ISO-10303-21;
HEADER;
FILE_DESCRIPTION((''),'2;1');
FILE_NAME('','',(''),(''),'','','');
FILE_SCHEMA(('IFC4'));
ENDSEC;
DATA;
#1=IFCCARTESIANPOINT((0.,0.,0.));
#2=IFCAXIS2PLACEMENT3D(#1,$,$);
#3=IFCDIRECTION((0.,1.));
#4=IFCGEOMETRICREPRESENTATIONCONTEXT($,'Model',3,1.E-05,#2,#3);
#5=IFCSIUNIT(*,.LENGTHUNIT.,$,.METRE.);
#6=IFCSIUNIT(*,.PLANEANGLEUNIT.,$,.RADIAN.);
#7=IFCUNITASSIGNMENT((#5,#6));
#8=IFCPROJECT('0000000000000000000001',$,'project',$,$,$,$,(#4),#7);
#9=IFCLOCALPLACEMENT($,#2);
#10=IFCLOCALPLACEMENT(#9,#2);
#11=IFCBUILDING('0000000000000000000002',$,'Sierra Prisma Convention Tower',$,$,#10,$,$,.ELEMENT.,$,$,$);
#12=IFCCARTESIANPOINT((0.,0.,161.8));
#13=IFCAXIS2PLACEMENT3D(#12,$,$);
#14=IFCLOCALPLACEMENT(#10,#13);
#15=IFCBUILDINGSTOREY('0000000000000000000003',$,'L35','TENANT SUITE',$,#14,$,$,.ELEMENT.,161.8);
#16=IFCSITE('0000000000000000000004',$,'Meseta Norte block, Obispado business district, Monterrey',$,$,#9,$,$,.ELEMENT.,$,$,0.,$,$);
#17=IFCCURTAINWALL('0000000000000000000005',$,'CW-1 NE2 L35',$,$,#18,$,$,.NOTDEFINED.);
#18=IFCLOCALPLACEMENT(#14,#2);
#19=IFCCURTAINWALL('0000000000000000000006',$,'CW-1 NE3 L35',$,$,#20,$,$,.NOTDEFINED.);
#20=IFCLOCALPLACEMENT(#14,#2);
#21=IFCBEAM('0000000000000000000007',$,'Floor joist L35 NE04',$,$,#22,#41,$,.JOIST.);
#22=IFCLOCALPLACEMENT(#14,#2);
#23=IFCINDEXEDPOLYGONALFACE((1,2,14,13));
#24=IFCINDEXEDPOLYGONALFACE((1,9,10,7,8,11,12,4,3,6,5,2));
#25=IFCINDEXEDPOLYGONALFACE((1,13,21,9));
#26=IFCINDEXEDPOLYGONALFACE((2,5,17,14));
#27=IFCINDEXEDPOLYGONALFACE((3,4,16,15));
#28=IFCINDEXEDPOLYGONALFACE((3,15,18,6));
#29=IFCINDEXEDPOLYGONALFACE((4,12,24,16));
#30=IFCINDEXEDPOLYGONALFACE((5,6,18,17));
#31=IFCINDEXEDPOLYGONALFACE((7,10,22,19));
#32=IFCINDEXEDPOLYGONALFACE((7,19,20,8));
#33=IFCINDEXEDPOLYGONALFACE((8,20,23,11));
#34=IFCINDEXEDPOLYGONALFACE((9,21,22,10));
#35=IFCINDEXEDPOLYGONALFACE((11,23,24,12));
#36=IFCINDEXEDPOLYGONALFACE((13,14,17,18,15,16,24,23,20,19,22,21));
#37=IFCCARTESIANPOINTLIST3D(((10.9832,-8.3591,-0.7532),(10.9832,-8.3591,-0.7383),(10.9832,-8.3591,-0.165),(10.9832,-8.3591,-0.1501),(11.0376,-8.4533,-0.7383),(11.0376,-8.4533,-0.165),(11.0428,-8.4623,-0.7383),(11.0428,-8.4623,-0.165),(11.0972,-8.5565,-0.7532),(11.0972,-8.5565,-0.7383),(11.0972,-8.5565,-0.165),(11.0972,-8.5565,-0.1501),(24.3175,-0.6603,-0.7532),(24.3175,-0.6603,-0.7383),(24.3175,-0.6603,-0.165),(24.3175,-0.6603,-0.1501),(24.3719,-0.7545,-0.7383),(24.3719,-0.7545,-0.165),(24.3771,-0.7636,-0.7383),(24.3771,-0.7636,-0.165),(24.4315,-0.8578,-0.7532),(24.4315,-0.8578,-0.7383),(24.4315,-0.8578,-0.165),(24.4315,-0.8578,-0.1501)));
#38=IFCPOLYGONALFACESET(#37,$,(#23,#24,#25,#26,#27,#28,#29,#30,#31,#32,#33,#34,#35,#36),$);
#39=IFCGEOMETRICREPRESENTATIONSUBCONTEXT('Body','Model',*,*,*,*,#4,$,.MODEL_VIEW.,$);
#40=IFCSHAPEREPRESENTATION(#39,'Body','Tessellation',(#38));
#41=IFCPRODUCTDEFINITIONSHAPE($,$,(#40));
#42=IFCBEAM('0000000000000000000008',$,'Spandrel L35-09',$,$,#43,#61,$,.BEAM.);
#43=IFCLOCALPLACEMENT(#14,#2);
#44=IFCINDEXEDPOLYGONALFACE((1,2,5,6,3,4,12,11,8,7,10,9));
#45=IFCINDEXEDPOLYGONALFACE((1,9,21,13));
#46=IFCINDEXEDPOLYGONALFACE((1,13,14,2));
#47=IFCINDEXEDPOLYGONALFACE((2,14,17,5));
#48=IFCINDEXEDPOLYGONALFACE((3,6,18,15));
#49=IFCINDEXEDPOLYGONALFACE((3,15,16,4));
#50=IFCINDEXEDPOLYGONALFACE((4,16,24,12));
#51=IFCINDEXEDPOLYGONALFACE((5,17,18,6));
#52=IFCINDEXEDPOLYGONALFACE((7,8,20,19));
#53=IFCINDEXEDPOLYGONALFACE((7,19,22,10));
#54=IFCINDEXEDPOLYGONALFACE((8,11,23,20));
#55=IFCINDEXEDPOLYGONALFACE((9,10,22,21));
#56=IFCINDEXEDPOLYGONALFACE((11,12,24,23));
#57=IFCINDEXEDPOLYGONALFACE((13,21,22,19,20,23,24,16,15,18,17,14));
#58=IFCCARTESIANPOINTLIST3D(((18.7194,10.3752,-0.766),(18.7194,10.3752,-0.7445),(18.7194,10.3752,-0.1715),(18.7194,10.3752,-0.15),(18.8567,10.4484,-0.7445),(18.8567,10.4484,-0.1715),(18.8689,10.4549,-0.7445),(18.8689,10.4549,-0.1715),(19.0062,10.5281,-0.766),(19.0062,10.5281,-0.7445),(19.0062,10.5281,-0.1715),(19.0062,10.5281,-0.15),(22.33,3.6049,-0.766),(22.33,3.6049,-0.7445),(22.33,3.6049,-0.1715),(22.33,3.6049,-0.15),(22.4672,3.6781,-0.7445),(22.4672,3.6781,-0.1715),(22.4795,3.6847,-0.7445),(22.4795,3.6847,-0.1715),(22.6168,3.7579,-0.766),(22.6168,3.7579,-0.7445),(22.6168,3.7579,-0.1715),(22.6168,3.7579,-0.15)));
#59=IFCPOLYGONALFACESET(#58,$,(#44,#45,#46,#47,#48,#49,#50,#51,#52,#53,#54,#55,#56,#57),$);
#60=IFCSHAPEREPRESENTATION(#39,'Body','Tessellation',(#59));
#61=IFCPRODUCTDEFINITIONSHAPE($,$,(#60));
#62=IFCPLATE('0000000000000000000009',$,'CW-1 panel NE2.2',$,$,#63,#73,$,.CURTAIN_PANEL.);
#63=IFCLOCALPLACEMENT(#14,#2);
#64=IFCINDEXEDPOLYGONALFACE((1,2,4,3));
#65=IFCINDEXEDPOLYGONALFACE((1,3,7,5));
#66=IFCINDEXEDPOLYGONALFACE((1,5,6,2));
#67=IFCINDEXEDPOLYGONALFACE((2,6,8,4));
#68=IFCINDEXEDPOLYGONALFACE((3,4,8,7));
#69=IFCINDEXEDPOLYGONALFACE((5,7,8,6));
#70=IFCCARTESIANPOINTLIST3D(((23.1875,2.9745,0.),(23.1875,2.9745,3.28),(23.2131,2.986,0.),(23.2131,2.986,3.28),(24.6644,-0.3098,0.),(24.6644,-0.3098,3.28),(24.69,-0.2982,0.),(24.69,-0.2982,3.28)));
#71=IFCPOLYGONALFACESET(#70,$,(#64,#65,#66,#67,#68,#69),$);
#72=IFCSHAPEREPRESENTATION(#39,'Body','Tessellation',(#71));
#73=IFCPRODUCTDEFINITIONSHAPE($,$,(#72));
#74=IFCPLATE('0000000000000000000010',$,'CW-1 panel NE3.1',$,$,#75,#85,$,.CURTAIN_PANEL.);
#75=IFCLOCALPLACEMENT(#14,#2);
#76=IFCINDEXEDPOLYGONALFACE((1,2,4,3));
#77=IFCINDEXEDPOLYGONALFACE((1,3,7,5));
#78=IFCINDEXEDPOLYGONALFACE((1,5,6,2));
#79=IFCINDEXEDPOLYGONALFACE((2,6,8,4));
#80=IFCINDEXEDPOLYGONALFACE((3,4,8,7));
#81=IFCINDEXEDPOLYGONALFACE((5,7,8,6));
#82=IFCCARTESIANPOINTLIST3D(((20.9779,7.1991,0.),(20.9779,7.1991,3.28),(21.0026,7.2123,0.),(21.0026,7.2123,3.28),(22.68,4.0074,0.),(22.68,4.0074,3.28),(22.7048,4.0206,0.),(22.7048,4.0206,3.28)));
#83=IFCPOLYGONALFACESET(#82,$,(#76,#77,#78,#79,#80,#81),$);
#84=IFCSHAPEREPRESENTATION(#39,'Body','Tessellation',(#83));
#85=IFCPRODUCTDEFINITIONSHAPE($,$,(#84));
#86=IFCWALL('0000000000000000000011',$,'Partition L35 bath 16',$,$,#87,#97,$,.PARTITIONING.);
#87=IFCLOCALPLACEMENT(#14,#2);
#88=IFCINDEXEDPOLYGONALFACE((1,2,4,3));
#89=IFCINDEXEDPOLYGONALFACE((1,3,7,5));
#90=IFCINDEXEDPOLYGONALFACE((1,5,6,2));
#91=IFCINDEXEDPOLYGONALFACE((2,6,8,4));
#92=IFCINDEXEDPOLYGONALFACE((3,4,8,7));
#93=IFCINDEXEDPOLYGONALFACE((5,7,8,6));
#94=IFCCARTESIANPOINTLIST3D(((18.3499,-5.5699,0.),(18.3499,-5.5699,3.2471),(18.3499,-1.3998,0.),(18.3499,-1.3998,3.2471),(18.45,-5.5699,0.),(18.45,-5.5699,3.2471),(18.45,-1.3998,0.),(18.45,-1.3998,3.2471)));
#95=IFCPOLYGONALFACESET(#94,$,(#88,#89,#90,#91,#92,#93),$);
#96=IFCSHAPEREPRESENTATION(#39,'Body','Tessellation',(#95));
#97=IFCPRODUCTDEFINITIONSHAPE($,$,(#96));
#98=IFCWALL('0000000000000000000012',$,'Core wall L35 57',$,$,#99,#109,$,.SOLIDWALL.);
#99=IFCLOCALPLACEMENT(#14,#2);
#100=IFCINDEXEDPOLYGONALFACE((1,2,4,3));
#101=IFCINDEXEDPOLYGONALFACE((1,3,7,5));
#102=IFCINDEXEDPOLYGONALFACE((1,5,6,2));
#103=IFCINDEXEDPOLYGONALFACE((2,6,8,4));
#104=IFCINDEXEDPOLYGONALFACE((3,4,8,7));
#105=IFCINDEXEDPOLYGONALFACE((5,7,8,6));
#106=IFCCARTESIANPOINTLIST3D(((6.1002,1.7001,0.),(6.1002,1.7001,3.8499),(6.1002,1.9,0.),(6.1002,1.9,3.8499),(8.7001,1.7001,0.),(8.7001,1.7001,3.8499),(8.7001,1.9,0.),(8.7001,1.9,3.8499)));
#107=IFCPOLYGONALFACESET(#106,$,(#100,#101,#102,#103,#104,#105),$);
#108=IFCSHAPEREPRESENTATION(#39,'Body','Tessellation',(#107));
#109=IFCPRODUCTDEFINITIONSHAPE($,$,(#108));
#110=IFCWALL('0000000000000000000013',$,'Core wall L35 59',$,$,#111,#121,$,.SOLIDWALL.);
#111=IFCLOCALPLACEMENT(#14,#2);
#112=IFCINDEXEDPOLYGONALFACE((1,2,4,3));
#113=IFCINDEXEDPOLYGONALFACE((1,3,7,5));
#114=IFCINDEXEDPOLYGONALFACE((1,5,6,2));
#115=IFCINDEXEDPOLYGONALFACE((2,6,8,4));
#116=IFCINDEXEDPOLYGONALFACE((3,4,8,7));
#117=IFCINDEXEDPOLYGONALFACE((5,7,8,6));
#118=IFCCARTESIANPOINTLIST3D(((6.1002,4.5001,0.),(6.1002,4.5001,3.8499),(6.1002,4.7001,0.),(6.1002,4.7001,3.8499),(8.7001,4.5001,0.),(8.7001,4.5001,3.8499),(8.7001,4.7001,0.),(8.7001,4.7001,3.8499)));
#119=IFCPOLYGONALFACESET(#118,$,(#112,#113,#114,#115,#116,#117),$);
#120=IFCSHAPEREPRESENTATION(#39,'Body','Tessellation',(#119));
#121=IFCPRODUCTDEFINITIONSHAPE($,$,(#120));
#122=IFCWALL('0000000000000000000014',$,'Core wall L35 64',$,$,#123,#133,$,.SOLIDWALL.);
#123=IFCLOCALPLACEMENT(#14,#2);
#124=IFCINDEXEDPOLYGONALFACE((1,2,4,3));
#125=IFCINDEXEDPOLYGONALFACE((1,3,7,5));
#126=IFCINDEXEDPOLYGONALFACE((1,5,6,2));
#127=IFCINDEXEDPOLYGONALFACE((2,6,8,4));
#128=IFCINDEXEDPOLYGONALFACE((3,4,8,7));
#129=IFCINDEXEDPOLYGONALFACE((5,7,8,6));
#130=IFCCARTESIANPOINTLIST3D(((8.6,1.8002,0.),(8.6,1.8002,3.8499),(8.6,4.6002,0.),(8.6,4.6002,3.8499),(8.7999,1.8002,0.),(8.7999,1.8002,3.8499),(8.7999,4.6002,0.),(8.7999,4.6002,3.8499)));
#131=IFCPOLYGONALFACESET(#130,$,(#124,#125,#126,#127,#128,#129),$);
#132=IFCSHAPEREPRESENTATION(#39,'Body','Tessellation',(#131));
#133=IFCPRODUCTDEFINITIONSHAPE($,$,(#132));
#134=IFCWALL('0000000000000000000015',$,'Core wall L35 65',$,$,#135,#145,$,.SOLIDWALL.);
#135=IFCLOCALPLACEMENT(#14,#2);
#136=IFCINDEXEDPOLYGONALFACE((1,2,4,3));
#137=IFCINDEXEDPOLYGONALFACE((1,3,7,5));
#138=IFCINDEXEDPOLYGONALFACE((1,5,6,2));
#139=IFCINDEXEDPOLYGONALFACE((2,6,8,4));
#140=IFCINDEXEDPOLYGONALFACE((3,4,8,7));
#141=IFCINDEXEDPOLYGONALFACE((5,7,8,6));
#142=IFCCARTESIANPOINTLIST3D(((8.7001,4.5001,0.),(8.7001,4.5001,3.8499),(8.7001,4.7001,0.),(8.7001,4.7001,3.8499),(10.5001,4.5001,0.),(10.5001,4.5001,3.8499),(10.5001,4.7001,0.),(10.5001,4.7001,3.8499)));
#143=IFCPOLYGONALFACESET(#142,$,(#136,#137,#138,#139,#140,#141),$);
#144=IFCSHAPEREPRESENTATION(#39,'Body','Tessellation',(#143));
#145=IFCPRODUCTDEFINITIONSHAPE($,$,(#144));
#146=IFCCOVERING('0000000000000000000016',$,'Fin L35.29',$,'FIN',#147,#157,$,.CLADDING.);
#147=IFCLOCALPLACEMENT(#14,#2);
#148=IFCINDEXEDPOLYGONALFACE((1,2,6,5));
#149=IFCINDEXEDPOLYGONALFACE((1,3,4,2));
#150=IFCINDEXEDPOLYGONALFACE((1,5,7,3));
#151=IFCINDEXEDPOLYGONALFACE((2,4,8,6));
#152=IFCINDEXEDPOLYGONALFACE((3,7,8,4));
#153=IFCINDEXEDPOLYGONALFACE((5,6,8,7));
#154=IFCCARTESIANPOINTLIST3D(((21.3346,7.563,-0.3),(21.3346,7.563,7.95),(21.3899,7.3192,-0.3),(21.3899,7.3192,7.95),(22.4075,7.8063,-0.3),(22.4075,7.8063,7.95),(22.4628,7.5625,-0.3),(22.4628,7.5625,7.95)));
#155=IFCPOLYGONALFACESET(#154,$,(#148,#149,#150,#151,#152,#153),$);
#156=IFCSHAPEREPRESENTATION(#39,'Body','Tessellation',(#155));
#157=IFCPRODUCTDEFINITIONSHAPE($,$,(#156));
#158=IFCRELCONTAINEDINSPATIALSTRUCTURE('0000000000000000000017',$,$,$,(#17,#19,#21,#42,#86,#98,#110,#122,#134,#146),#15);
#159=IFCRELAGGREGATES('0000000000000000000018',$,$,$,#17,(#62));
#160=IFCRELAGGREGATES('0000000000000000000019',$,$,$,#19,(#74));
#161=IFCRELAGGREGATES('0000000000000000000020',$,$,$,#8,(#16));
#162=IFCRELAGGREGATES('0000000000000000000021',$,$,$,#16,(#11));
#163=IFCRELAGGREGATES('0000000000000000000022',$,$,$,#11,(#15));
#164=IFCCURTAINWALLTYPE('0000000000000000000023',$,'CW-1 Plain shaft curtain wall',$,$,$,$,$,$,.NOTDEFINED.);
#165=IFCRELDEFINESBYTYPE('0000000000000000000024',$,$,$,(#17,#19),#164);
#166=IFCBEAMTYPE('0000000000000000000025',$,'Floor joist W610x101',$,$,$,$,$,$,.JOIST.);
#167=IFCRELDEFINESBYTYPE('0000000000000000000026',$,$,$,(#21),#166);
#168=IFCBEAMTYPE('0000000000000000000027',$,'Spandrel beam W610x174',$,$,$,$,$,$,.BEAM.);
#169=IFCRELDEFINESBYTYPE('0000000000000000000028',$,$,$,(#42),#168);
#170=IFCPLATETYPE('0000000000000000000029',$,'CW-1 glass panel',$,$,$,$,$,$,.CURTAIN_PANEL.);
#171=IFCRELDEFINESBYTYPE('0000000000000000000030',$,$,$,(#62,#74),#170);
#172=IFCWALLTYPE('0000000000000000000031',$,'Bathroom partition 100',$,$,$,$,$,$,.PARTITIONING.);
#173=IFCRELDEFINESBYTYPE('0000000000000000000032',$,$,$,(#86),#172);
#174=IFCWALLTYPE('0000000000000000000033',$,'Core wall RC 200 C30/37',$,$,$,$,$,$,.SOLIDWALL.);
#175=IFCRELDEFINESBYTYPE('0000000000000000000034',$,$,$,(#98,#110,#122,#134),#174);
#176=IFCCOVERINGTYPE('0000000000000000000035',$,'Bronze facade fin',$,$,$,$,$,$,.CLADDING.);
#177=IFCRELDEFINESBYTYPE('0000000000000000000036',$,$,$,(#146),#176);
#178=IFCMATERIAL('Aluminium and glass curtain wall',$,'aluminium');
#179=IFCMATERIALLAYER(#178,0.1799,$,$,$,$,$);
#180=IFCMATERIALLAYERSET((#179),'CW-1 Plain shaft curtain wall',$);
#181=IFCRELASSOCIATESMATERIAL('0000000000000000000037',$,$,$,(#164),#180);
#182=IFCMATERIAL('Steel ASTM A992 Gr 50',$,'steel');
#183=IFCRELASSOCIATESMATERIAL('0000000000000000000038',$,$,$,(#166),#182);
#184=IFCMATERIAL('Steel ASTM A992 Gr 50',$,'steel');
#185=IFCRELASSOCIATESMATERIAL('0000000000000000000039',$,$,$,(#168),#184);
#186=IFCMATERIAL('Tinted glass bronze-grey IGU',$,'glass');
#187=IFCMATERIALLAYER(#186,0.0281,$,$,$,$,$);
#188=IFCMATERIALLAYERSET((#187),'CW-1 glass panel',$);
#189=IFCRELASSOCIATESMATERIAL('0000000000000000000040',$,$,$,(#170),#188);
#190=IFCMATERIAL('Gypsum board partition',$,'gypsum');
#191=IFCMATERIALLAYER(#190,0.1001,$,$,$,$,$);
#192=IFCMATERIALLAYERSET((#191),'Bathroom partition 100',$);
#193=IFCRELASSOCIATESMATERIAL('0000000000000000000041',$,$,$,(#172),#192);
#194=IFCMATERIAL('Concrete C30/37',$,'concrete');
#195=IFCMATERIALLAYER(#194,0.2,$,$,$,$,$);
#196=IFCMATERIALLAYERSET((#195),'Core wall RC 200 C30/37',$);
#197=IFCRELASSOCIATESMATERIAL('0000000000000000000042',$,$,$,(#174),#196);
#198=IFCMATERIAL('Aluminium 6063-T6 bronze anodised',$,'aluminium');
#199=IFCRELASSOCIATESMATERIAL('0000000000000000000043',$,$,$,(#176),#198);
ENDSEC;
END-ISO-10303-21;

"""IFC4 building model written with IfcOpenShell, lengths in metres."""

from ifc_helpers import new_model, si_unit, direction, frame, frame_2d, origin, origin_2d, place, context, subcontext, project, spatial, rectangle, i_section, extrude, material, layer, layer_set, material_profile, profile_set, type_object, element, aggregate, save


model = new_model("IFC4")

# Units and contexts
model_context = context("Model", 3, precision=1e-05, world=origin(), true_north=direction((0.0, 1.0)))
body_context = subcontext(model_context, "Body", "Model", "MODEL_VIEW")
ifc_project = project(units=[si_unit("LENGTHUNIT", "METRE"), si_unit("PLANEANGLEUNIT", "RADIAN")], contexts=[model_context])

# Site, building, storey
site_placement = place(None, origin())
site = spatial("IfcSite", under=ifc_project, at=site_placement, Name="Meseta Norte block, Obispado business district, Monterrey", CompositionType="ELEMENT", RefElevation=0.0)
building_placement = place(site_placement, origin())
building = spatial("IfcBuilding", under=site, at=building_placement, Name="Sierra Prisma Convention Tower", CompositionType="ELEMENT")
storey_placement = place(building_placement, frame((0.0, 0.0, 161.8)))
storey = spatial("IfcBuildingStorey", under=building, at=storey_placement, Name="L35", Description="TENANT SUITE", CompositionType="ELEMENT", Elevation=161.8)

# Curtain wall
ifc_material_1 = material(Name="Aluminium and glass curtain wall", Category="aluminium")
ifc_layer_1 = layer(ifc_material_1, 0.1799)
ifc_layer_set_1 = layer_set([ifc_layer_1], Name="CW-1 Plain shaft curtain wall")
curtain_wall_type = type_object("IfcCurtainWallType", Name="CW-1 Plain shaft curtain wall", PredefinedType="NOTDEFINED", material=ifc_layer_set_1)
curtain_wall_1_placement = place(storey_placement, origin())
curtain_wall_1 = element("IfcCurtainWall", 1, at=curtain_wall_1_placement, inside=storey, type_object=curtain_wall_type, Name="CW-1 NE2 L35", PredefinedType="NOTDEFINED")

# Curtain wall
curtain_wall_2_placement = place(storey_placement, origin())
curtain_wall_2 = element("IfcCurtainWall", 2, at=curtain_wall_2_placement, inside=storey, type_object=curtain_wall_type, Name="CW-1 NE3 L35", PredefinedType="NOTDEFINED")

# Beams
ifc_material_2 = material(Name="Steel ASTM A992 Gr 50", Category="steel")
ifc_material_profile_1 = material_profile(ifc_material_2, i_section(OverallWidth=0.228, OverallDepth=0.603, WebThickness=0.0105, FlangeThickness=0.0149, at=origin_2d()), Name="W610x101")
ifc_profile_set_1 = profile_set([ifc_material_profile_1], Name="Steel ASTM A992 Gr 50")
beam_type_1 = type_object("IfcBeamType", Name="Floor joist W610x101", PredefinedType="JOIST", material=ifc_profile_set_1)
beam_1_placement = place(storey_placement, frame((24.3745, -0.759, -0.4517), z_axis=(-0.866019, -0.50001, 0.0), x_axis=(0.50001, -0.866019, 0.0)))
element("IfcBeam", 3, at=beam_1_placement, inside=storey, type_object=beam_type_1, Name="Floor joist L35 NE04", PredefinedType="JOIST", context=body_context, shape_type="SweptSolid", body=[
    extrude(i_section(OverallWidth=0.228, OverallDepth=0.603, WebThickness=0.0105, FlangeThickness=0.0149, at=origin_2d()), origin(), (0.0, 0.0, 1.0), 15.3972),
])
ifc_material_3 = material(Name="Steel ASTM A992 Gr 50", Category="steel")
ifc_material_profile_2 = material_profile(ifc_material_3, i_section(OverallWidth=0.325, OverallDepth=0.616, WebThickness=0.0139, FlangeThickness=0.0215, at=origin_2d()), Name="W610x174")
ifc_profile_set_2 = profile_set([ifc_material_profile_2], Name="Steel ASTM A992 Gr 50")
beam_type_2 = type_object("IfcBeamType", Name="Spandrel beam W610x174", PredefinedType="BEAM", material=ifc_profile_set_2)
beam_2_placement = place(storey_placement, frame((22.4734, 3.6814, -0.458), z_axis=(-0.470567, 0.882364, 0.0), x_axis=(-0.882364, -0.470567, 0.0)))
element("IfcBeam", 4, at=beam_2_placement, inside=storey, type_object=beam_type_2, Name="Spandrel L35-09", PredefinedType="BEAM", context=body_context, shape_type="SweptSolid", body=[
    extrude(i_section(OverallWidth=0.325, OverallDepth=0.616, WebThickness=0.0139, FlangeThickness=0.0215, at=origin_2d()), origin(), (0.0, 0.0, 1.0), 7.6729),
])

# Plates
ifc_material_4 = material(Name="Tinted glass bronze-grey IGU", Category="glass")
ifc_layer_2 = layer(ifc_material_4, 0.0281)
ifc_layer_set_2 = layer_set([ifc_layer_2], Name="CW-1 glass panel")
plate_type = type_object("IfcPlateType", Name="CW-1 glass panel", PredefinedType="CURTAIN_PANEL", material=ifc_layer_set_2)
plate_1_placement = place(storey_placement, frame((23.9387, 1.3381, 0.0), z_axis=(0.0, 0.0, 1.0), x_axis=(-0.410127, 0.912028, 0.0)))
plate_1 = element("IfcPlate", 5, at=plate_1_placement, type_object=plate_type, Name="CW-1 panel NE2.2", PredefinedType="CURTAIN_PANEL", context=body_context, shape_type="SweptSolid", body=[
    extrude(rectangle(XDim=3.6011, YDim=0.0281, at=origin_2d()), origin(), (0.0, 0.0, 1.0), 3.28),
])
aggregate(curtain_wall_1, [plate_1])
plate_2_placement = place(storey_placement, frame((21.8413, 5.6099, 0.0), z_axis=(0.0, 0.0, 1.0), x_axis=(-0.470564, 0.882366, 0.0)))
plate_2 = element("IfcPlate", 6, at=plate_2_placement, type_object=plate_type, Name="CW-1 panel NE3.1", PredefinedType="CURTAIN_PANEL", context=body_context, shape_type="SweptSolid", body=[
    extrude(rectangle(XDim=3.6172, YDim=0.0281, at=origin_2d()), origin(), (0.0, 0.0, 1.0), 3.28),
])
aggregate(curtain_wall_2, [plate_2])

# Walls
ifc_material_5 = material(Name="Gypsum board partition", Category="gypsum")
ifc_layer_3 = layer(ifc_material_5, 0.1001)
ifc_layer_set_3 = layer_set([ifc_layer_3], Name="Bathroom partition 100")
wall_type_1 = type_object("IfcWallType", Name="Bathroom partition 100", PredefinedType="PARTITIONING", material=ifc_layer_set_3)
wall_1_placement = place(storey_placement, frame((18.3999, -1.3999, 0.0), z_axis=(0.0, 0.0, 1.0), x_axis=(0.0, -1.0, 0.0)))
element("IfcWall", 7, at=wall_1_placement, inside=storey, type_object=wall_type_1, Name="Partition L35 bath 16", PredefinedType="PARTITIONING", context=body_context, shape_type="SweptSolid", body=[
    extrude(rectangle(XDim=4.1702, YDim=0.1001, at=frame_2d((2.085, 0.0))), origin(), (0.0, 0.0, 1.0), 3.2471),
])
ifc_material_6 = material(Name="Concrete C30/37", Category="concrete")
ifc_layer_4 = layer(ifc_material_6, 0.2)
ifc_layer_set_4 = layer_set([ifc_layer_4], Name="Core wall RC 200 C30/37")
wall_type_2 = type_object("IfcWallType", Name="Core wall RC 200 C30/37", PredefinedType="SOLIDWALL", material=ifc_layer_set_4)
for number, where, z_axis, x_axis, name in (
    (8, (8.7, 1.8, 0.0), (0.0, 0.0, 1.0), (-1.0, 0.0, 0.0), "Core wall L35 57"),
    (9, (8.7, 4.6001, 0.0), (0.0, 0.0, 1.0), (-1.0, 0.0, 0.0), "Core wall L35 59"),
):
    element("IfcWall", number, at=place(storey_placement, frame(where, z_axis=z_axis, x_axis=x_axis)), inside=storey, type_object=wall_type_2, Name=name, PredefinedType="SOLIDWALL", context=body_context, shape_type="SweptSolid", body=[
        extrude(rectangle(XDim=2.5999, YDim=0.2, at=frame_2d((1.2998, 0.0))), origin(), (0.0, 0.0, 1.0), 3.8499),
    ])

# Walls
wall_2_placement = place(storey_placement, frame((8.7, 4.6001, 0.0), z_axis=(0.0, 0.0, 1.0), x_axis=(0.0, -1.0, 0.0)))
element("IfcWall", 10, at=wall_2_placement, inside=storey, type_object=wall_type_2, Name="Core wall L35 64", PredefinedType="SOLIDWALL", context=body_context, shape_type="SweptSolid", body=[
    extrude(rectangle(XDim=2.8, YDim=0.2, at=frame_2d((1.3999, 0.0))), origin(), (0.0, 0.0, 1.0), 3.8499),
])
wall_3_placement = place(storey_placement, frame((10.5, 4.6001, 0.0), z_axis=(0.0, 0.0, 1.0), x_axis=(-1.0, 0.0, 0.0)))
element("IfcWall", 11, at=wall_3_placement, inside=storey, type_object=wall_type_2, Name="Core wall L35 65", PredefinedType="SOLIDWALL", context=body_context, shape_type="SweptSolid", body=[
    extrude(rectangle(XDim=1.8, YDim=0.2, at=frame_2d((0.8999, 0.0))), origin(), (0.0, 0.0, 1.0), 3.8499),
])

# Covering
ifc_material_7 = material(Name="Aluminium 6063-T6 bronze anodised", Category="aluminium")
ifc_material_profile_3 = material_profile(ifc_material_7, rectangle(XDim=1.1001, YDim=0.25, at=origin_2d()), Name="ALU FIN 1100x250")
ifc_profile_set_3 = profile_set([ifc_material_profile_3], Name="Aluminium 6063-T6 bronze anodised")
covering_type = type_object("IfcCoveringType", Name="Bronze facade fin", PredefinedType="CLADDING", material=ifc_profile_set_3)
covering_placement = place(storey_placement, frame((21.8987, 7.5627, -0.3), z_axis=(0.0, 0.0, 1.0), x_axis=(0.975249, 0.221109, 0.0)))
element("IfcCovering", 12, at=covering_placement, inside=storey, type_object=covering_type, Name="Fin L35.29", ObjectType="FIN", PredefinedType="CLADDING", context=body_context, shape_type="SweptSolid", body=[
    extrude(rectangle(XDim=1.1001, YDim=0.25, at=origin_2d()), origin(), (0.0, 0.0, 1.0), 8.25),
])

save(model, "model.ifc")
